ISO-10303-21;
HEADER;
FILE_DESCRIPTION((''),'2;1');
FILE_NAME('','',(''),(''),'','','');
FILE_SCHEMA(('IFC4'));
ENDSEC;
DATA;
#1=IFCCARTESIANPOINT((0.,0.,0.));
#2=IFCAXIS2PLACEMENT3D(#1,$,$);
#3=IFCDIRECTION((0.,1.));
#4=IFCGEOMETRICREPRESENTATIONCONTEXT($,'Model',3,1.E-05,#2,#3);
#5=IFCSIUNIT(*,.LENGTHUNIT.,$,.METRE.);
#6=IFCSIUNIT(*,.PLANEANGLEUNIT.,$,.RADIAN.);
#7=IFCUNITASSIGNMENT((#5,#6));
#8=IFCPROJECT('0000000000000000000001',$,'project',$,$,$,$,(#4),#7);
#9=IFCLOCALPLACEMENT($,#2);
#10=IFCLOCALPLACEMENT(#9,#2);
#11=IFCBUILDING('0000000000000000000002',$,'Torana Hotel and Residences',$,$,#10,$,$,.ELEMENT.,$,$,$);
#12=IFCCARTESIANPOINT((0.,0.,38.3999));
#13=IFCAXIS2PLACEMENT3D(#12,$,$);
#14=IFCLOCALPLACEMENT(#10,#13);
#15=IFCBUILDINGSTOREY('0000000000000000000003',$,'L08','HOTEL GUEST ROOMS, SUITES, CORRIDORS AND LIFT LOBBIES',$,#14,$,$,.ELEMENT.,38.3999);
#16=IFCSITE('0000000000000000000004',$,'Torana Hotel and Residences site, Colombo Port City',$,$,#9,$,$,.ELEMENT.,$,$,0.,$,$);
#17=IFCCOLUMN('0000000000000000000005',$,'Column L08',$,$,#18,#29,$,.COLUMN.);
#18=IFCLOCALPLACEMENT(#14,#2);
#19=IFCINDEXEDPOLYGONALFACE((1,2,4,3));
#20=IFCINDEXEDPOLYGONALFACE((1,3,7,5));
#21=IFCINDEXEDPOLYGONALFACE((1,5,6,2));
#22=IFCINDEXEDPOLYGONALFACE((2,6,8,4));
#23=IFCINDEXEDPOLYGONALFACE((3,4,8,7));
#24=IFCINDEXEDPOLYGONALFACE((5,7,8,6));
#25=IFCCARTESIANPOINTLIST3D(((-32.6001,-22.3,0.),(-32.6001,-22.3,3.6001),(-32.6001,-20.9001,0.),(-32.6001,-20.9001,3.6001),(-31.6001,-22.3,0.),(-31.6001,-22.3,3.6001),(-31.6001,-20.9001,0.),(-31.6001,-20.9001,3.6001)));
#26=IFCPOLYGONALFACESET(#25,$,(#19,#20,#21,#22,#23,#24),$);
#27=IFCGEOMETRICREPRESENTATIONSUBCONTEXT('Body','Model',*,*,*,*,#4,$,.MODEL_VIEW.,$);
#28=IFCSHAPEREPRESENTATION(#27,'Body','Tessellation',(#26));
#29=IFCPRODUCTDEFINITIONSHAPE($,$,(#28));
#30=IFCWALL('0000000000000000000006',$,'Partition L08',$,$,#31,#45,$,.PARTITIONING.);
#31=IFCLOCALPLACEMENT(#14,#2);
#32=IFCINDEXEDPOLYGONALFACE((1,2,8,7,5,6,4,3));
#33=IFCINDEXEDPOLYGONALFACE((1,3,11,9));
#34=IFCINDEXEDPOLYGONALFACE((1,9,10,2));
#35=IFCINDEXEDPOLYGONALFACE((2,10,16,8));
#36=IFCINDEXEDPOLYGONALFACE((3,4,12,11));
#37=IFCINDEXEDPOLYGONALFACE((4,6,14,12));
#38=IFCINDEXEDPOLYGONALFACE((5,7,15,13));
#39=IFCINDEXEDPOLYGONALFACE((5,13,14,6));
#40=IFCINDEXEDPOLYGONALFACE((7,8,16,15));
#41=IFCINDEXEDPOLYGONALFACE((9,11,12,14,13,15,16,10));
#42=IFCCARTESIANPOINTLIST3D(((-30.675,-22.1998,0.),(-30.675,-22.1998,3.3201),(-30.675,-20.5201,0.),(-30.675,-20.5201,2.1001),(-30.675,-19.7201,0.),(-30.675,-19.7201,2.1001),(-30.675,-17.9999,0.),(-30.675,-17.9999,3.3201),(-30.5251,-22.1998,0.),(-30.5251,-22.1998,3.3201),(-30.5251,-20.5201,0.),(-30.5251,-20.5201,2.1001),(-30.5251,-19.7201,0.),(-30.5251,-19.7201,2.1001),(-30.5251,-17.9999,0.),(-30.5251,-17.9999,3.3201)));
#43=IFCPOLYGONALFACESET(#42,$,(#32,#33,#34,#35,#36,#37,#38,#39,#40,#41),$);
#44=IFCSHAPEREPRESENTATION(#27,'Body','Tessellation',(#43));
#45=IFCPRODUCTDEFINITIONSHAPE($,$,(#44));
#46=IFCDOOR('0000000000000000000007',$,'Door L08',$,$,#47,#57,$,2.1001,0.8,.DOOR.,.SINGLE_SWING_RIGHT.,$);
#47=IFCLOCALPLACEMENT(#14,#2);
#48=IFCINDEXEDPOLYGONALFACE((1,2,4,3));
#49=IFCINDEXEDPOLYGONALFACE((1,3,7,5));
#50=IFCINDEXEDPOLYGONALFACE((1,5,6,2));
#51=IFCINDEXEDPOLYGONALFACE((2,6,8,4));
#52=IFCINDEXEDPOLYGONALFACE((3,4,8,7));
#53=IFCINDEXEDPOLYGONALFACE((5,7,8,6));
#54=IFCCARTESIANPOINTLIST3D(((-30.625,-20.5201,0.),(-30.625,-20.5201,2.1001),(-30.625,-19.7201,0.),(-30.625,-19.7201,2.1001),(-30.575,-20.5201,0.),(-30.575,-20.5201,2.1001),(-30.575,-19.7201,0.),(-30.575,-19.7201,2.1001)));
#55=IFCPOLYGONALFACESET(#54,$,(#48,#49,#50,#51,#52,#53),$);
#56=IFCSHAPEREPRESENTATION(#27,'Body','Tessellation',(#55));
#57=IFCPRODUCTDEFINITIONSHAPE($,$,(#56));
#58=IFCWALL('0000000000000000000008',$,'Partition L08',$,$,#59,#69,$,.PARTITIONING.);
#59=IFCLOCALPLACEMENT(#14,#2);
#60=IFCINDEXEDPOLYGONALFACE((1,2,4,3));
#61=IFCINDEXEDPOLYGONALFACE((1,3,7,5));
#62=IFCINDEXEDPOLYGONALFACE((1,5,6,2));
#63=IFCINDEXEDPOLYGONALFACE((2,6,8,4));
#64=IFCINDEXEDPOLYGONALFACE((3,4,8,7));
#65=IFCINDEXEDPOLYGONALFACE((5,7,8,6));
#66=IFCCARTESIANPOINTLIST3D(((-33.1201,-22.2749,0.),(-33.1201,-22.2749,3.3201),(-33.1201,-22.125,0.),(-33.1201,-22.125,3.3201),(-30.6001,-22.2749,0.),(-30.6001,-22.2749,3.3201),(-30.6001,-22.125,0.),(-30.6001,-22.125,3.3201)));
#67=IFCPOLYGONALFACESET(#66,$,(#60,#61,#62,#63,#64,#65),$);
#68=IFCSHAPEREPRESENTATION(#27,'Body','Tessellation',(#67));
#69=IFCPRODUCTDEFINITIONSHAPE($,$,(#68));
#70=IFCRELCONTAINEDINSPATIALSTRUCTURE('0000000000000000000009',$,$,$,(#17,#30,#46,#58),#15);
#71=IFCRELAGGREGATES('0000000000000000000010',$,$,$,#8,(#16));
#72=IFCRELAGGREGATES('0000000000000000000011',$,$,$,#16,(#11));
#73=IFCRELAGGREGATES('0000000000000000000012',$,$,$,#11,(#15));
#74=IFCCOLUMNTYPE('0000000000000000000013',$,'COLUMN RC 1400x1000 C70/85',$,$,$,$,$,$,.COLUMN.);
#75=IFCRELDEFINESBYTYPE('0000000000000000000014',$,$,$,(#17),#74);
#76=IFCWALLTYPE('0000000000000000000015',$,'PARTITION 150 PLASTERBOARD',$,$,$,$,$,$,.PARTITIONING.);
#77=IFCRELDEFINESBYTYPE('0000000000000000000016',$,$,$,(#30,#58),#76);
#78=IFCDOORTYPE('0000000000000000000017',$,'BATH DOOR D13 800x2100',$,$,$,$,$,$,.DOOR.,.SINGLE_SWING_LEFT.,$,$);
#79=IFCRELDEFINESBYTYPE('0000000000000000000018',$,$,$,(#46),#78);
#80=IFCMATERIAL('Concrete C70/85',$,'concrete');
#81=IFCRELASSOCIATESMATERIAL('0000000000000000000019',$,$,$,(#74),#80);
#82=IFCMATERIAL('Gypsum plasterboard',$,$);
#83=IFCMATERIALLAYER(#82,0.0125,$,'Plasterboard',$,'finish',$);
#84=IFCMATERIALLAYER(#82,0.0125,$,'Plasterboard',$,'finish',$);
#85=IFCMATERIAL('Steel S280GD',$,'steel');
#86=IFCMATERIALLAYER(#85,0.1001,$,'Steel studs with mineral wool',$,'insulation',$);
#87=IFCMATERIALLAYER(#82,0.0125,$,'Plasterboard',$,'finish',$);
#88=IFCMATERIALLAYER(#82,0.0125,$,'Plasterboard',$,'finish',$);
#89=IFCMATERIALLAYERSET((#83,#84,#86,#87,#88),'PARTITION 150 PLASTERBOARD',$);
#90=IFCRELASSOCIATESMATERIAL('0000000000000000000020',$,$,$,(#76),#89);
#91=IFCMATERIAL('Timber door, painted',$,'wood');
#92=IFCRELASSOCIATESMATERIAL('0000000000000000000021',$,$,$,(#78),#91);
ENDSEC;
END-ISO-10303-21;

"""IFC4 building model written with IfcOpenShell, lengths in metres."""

from ifc_helpers import new_model, si_unit, direction, frame, frame_2d, origin, origin_2d, place, context, subcontext, project, spatial, rectangle, extrude, material, layer, layer_set, material_profile, profile_set, type_object, element, fill, save


model = new_model("IFC4")

# Units and contexts
model_context = context("Model", 3, precision=1e-05, world=origin(), true_north=direction((0.0, 1.0)))
body_context = subcontext(model_context, "Body", "Model", "MODEL_VIEW")
ifc_project = project(units=[si_unit("LENGTHUNIT", "METRE"), si_unit("PLANEANGLEUNIT", "RADIAN")], contexts=[model_context])

# Site, building, storey
site_placement = place(None, origin())
site = spatial("IfcSite", under=ifc_project, at=site_placement, Name="Torana Hotel and Residences site, Colombo Port City", CompositionType="ELEMENT", RefElevation=0.0)
building_placement = place(site_placement, origin())
building = spatial("IfcBuilding", under=site, at=building_placement, Name="Torana Hotel and Residences", CompositionType="ELEMENT")
storey_placement = place(building_placement, frame((0.0, 0.0, 38.3999)))
storey = spatial("IfcBuildingStorey", under=building, at=storey_placement, Name="L08", Description="HOTEL GUEST ROOMS, SUITES, CORRIDORS AND LIFT LOBBIES", CompositionType="ELEMENT", Elevation=38.3999)

# Column
ifc_material_1 = material(Name="Concrete C70/85", Category="concrete")
ifc_material_profile = material_profile(ifc_material_1, rectangle(XDim=1.3999, YDim=1.0, at=origin_2d()), Name="RC 1400x1000")
ifc_profile_set = profile_set([ifc_material_profile], Name="Concrete C70/85")
column_type = type_object("IfcColumnType", Name="COLUMN RC 1400x1000 C70/85", PredefinedType="COLUMN", material=ifc_profile_set)
column_placement = place(storey_placement, frame((-32.1001, -21.6001, 0.0), z_axis=(0.0, 0.0, 1.0), x_axis=(0.0, 1.0, 0.0)))
element("IfcColumn", 1, at=column_placement, inside=storey, type_object=column_type, Name="Column L08", PredefinedType="COLUMN", context=body_context, shape_type="SweptSolid", body=[
    extrude(rectangle(XDim=1.3999, YDim=1.0, at=origin_2d()), origin(), (0.0, 0.0, 1.0), 3.6001),
])

# Wall, opening, door
ifc_material_2 = material(Name="Gypsum plasterboard")
ifc_layer_1 = layer(ifc_material_2, 0.0125, Name="Plasterboard", Category="finish")
ifc_layer_2 = layer(ifc_material_2, 0.0125, Name="Plasterboard", Category="finish")
ifc_material_3 = material(Name="Steel S280GD", Category="steel")
ifc_layer_3 = layer(ifc_material_3, 0.1001, Name="Steel studs with mineral wool", Category="insulation")
ifc_layer_4 = layer(ifc_material_2, 0.0125, Name="Plasterboard", Category="finish")
ifc_layer_5 = layer(ifc_material_2, 0.0125, Name="Plasterboard", Category="finish")
ifc_layer_set = layer_set([ifc_layer_1, ifc_layer_2, ifc_layer_3, ifc_layer_4, ifc_layer_5], Name="PARTITION 150 PLASTERBOARD")
wall_type = type_object("IfcWallType", Name="PARTITION 150 PLASTERBOARD", PredefinedType="PARTITIONING", material=ifc_layer_set)
wall_1_placement = place(storey_placement, frame((-30.6001, -22.2, 0.0), z_axis=(0.0, 0.0, 1.0), x_axis=(0.0, 1.0, 0.0)))
wall_1 = element("IfcWall", 2, at=wall_1_placement, inside=storey, type_object=wall_type, Name="Partition L08", PredefinedType="PARTITIONING", context=body_context, shape_type="SweptSolid", body=[
    extrude(rectangle(XDim=4.2, YDim=0.1499, at=frame_2d((2.1001, 0.0))), origin(), (0.0, 0.0, 1.0), 3.3201),
])
opening_placement = place(wall_1_placement, frame((1.6799, 0.0, 0.0)))
opening = element("IfcOpeningElement", 3, at=opening_placement, cuts=wall_1, PredefinedType="OPENING", context=body_context, shape_type="SweptSolid", body=[
    extrude(rectangle(XDim=0.8, YDim=2.1001, at=frame_2d((0.3999, 1.05))), frame((0.0, 0.085, 0.0), z_axis=(0.0, -1.0, 0.0), x_axis=(1.0, 0.0, 0.0)), (0.0, 0.0, 1.0), 0.1699),
])
ifc_material_4 = material(Name="Timber door, painted", Category="wood")
door_type = type_object("IfcDoorType", Name="BATH DOOR D13 800x2100", OperationType="SINGLE_SWING_LEFT", PredefinedType="DOOR", material=ifc_material_4)
door_placement = place(opening_placement, origin())
door = element("IfcDoor", 4, at=door_placement, inside=storey, type_object=door_type, Name="Door L08", OperationType="SINGLE_SWING_RIGHT", OverallHeight=2.1001, OverallWidth=0.8, PredefinedType="DOOR", context=body_context, shape_type="SweptSolid", body=[
    extrude(rectangle(XDim=0.8, YDim=2.1001, at=frame_2d((0.3999, 1.05))), frame((0.0, 0.0249, 0.0), z_axis=(0.0, -1.0, 0.0), x_axis=(1.0, 0.0, 0.0)), (0.0, 0.0, 1.0), 0.05),
])
fill(opening, door)

# Wall
wall_2_placement = place(storey_placement, frame((-33.1201, -22.2, 0.0), z_axis=(0.0, 0.0, 1.0), x_axis=(1.0, 0.0, 0.0)))
element("IfcWall", 5, at=wall_2_placement, inside=storey, type_object=wall_type, Name="Partition L08", PredefinedType="PARTITIONING", context=body_context, shape_type="SweptSolid", body=[
    extrude(rectangle(XDim=2.52, YDim=0.1499, at=frame_2d((1.26, 0.0))), origin(), (0.0, 0.0, 1.0), 3.3201),
])

save(model, "model.ifc")
